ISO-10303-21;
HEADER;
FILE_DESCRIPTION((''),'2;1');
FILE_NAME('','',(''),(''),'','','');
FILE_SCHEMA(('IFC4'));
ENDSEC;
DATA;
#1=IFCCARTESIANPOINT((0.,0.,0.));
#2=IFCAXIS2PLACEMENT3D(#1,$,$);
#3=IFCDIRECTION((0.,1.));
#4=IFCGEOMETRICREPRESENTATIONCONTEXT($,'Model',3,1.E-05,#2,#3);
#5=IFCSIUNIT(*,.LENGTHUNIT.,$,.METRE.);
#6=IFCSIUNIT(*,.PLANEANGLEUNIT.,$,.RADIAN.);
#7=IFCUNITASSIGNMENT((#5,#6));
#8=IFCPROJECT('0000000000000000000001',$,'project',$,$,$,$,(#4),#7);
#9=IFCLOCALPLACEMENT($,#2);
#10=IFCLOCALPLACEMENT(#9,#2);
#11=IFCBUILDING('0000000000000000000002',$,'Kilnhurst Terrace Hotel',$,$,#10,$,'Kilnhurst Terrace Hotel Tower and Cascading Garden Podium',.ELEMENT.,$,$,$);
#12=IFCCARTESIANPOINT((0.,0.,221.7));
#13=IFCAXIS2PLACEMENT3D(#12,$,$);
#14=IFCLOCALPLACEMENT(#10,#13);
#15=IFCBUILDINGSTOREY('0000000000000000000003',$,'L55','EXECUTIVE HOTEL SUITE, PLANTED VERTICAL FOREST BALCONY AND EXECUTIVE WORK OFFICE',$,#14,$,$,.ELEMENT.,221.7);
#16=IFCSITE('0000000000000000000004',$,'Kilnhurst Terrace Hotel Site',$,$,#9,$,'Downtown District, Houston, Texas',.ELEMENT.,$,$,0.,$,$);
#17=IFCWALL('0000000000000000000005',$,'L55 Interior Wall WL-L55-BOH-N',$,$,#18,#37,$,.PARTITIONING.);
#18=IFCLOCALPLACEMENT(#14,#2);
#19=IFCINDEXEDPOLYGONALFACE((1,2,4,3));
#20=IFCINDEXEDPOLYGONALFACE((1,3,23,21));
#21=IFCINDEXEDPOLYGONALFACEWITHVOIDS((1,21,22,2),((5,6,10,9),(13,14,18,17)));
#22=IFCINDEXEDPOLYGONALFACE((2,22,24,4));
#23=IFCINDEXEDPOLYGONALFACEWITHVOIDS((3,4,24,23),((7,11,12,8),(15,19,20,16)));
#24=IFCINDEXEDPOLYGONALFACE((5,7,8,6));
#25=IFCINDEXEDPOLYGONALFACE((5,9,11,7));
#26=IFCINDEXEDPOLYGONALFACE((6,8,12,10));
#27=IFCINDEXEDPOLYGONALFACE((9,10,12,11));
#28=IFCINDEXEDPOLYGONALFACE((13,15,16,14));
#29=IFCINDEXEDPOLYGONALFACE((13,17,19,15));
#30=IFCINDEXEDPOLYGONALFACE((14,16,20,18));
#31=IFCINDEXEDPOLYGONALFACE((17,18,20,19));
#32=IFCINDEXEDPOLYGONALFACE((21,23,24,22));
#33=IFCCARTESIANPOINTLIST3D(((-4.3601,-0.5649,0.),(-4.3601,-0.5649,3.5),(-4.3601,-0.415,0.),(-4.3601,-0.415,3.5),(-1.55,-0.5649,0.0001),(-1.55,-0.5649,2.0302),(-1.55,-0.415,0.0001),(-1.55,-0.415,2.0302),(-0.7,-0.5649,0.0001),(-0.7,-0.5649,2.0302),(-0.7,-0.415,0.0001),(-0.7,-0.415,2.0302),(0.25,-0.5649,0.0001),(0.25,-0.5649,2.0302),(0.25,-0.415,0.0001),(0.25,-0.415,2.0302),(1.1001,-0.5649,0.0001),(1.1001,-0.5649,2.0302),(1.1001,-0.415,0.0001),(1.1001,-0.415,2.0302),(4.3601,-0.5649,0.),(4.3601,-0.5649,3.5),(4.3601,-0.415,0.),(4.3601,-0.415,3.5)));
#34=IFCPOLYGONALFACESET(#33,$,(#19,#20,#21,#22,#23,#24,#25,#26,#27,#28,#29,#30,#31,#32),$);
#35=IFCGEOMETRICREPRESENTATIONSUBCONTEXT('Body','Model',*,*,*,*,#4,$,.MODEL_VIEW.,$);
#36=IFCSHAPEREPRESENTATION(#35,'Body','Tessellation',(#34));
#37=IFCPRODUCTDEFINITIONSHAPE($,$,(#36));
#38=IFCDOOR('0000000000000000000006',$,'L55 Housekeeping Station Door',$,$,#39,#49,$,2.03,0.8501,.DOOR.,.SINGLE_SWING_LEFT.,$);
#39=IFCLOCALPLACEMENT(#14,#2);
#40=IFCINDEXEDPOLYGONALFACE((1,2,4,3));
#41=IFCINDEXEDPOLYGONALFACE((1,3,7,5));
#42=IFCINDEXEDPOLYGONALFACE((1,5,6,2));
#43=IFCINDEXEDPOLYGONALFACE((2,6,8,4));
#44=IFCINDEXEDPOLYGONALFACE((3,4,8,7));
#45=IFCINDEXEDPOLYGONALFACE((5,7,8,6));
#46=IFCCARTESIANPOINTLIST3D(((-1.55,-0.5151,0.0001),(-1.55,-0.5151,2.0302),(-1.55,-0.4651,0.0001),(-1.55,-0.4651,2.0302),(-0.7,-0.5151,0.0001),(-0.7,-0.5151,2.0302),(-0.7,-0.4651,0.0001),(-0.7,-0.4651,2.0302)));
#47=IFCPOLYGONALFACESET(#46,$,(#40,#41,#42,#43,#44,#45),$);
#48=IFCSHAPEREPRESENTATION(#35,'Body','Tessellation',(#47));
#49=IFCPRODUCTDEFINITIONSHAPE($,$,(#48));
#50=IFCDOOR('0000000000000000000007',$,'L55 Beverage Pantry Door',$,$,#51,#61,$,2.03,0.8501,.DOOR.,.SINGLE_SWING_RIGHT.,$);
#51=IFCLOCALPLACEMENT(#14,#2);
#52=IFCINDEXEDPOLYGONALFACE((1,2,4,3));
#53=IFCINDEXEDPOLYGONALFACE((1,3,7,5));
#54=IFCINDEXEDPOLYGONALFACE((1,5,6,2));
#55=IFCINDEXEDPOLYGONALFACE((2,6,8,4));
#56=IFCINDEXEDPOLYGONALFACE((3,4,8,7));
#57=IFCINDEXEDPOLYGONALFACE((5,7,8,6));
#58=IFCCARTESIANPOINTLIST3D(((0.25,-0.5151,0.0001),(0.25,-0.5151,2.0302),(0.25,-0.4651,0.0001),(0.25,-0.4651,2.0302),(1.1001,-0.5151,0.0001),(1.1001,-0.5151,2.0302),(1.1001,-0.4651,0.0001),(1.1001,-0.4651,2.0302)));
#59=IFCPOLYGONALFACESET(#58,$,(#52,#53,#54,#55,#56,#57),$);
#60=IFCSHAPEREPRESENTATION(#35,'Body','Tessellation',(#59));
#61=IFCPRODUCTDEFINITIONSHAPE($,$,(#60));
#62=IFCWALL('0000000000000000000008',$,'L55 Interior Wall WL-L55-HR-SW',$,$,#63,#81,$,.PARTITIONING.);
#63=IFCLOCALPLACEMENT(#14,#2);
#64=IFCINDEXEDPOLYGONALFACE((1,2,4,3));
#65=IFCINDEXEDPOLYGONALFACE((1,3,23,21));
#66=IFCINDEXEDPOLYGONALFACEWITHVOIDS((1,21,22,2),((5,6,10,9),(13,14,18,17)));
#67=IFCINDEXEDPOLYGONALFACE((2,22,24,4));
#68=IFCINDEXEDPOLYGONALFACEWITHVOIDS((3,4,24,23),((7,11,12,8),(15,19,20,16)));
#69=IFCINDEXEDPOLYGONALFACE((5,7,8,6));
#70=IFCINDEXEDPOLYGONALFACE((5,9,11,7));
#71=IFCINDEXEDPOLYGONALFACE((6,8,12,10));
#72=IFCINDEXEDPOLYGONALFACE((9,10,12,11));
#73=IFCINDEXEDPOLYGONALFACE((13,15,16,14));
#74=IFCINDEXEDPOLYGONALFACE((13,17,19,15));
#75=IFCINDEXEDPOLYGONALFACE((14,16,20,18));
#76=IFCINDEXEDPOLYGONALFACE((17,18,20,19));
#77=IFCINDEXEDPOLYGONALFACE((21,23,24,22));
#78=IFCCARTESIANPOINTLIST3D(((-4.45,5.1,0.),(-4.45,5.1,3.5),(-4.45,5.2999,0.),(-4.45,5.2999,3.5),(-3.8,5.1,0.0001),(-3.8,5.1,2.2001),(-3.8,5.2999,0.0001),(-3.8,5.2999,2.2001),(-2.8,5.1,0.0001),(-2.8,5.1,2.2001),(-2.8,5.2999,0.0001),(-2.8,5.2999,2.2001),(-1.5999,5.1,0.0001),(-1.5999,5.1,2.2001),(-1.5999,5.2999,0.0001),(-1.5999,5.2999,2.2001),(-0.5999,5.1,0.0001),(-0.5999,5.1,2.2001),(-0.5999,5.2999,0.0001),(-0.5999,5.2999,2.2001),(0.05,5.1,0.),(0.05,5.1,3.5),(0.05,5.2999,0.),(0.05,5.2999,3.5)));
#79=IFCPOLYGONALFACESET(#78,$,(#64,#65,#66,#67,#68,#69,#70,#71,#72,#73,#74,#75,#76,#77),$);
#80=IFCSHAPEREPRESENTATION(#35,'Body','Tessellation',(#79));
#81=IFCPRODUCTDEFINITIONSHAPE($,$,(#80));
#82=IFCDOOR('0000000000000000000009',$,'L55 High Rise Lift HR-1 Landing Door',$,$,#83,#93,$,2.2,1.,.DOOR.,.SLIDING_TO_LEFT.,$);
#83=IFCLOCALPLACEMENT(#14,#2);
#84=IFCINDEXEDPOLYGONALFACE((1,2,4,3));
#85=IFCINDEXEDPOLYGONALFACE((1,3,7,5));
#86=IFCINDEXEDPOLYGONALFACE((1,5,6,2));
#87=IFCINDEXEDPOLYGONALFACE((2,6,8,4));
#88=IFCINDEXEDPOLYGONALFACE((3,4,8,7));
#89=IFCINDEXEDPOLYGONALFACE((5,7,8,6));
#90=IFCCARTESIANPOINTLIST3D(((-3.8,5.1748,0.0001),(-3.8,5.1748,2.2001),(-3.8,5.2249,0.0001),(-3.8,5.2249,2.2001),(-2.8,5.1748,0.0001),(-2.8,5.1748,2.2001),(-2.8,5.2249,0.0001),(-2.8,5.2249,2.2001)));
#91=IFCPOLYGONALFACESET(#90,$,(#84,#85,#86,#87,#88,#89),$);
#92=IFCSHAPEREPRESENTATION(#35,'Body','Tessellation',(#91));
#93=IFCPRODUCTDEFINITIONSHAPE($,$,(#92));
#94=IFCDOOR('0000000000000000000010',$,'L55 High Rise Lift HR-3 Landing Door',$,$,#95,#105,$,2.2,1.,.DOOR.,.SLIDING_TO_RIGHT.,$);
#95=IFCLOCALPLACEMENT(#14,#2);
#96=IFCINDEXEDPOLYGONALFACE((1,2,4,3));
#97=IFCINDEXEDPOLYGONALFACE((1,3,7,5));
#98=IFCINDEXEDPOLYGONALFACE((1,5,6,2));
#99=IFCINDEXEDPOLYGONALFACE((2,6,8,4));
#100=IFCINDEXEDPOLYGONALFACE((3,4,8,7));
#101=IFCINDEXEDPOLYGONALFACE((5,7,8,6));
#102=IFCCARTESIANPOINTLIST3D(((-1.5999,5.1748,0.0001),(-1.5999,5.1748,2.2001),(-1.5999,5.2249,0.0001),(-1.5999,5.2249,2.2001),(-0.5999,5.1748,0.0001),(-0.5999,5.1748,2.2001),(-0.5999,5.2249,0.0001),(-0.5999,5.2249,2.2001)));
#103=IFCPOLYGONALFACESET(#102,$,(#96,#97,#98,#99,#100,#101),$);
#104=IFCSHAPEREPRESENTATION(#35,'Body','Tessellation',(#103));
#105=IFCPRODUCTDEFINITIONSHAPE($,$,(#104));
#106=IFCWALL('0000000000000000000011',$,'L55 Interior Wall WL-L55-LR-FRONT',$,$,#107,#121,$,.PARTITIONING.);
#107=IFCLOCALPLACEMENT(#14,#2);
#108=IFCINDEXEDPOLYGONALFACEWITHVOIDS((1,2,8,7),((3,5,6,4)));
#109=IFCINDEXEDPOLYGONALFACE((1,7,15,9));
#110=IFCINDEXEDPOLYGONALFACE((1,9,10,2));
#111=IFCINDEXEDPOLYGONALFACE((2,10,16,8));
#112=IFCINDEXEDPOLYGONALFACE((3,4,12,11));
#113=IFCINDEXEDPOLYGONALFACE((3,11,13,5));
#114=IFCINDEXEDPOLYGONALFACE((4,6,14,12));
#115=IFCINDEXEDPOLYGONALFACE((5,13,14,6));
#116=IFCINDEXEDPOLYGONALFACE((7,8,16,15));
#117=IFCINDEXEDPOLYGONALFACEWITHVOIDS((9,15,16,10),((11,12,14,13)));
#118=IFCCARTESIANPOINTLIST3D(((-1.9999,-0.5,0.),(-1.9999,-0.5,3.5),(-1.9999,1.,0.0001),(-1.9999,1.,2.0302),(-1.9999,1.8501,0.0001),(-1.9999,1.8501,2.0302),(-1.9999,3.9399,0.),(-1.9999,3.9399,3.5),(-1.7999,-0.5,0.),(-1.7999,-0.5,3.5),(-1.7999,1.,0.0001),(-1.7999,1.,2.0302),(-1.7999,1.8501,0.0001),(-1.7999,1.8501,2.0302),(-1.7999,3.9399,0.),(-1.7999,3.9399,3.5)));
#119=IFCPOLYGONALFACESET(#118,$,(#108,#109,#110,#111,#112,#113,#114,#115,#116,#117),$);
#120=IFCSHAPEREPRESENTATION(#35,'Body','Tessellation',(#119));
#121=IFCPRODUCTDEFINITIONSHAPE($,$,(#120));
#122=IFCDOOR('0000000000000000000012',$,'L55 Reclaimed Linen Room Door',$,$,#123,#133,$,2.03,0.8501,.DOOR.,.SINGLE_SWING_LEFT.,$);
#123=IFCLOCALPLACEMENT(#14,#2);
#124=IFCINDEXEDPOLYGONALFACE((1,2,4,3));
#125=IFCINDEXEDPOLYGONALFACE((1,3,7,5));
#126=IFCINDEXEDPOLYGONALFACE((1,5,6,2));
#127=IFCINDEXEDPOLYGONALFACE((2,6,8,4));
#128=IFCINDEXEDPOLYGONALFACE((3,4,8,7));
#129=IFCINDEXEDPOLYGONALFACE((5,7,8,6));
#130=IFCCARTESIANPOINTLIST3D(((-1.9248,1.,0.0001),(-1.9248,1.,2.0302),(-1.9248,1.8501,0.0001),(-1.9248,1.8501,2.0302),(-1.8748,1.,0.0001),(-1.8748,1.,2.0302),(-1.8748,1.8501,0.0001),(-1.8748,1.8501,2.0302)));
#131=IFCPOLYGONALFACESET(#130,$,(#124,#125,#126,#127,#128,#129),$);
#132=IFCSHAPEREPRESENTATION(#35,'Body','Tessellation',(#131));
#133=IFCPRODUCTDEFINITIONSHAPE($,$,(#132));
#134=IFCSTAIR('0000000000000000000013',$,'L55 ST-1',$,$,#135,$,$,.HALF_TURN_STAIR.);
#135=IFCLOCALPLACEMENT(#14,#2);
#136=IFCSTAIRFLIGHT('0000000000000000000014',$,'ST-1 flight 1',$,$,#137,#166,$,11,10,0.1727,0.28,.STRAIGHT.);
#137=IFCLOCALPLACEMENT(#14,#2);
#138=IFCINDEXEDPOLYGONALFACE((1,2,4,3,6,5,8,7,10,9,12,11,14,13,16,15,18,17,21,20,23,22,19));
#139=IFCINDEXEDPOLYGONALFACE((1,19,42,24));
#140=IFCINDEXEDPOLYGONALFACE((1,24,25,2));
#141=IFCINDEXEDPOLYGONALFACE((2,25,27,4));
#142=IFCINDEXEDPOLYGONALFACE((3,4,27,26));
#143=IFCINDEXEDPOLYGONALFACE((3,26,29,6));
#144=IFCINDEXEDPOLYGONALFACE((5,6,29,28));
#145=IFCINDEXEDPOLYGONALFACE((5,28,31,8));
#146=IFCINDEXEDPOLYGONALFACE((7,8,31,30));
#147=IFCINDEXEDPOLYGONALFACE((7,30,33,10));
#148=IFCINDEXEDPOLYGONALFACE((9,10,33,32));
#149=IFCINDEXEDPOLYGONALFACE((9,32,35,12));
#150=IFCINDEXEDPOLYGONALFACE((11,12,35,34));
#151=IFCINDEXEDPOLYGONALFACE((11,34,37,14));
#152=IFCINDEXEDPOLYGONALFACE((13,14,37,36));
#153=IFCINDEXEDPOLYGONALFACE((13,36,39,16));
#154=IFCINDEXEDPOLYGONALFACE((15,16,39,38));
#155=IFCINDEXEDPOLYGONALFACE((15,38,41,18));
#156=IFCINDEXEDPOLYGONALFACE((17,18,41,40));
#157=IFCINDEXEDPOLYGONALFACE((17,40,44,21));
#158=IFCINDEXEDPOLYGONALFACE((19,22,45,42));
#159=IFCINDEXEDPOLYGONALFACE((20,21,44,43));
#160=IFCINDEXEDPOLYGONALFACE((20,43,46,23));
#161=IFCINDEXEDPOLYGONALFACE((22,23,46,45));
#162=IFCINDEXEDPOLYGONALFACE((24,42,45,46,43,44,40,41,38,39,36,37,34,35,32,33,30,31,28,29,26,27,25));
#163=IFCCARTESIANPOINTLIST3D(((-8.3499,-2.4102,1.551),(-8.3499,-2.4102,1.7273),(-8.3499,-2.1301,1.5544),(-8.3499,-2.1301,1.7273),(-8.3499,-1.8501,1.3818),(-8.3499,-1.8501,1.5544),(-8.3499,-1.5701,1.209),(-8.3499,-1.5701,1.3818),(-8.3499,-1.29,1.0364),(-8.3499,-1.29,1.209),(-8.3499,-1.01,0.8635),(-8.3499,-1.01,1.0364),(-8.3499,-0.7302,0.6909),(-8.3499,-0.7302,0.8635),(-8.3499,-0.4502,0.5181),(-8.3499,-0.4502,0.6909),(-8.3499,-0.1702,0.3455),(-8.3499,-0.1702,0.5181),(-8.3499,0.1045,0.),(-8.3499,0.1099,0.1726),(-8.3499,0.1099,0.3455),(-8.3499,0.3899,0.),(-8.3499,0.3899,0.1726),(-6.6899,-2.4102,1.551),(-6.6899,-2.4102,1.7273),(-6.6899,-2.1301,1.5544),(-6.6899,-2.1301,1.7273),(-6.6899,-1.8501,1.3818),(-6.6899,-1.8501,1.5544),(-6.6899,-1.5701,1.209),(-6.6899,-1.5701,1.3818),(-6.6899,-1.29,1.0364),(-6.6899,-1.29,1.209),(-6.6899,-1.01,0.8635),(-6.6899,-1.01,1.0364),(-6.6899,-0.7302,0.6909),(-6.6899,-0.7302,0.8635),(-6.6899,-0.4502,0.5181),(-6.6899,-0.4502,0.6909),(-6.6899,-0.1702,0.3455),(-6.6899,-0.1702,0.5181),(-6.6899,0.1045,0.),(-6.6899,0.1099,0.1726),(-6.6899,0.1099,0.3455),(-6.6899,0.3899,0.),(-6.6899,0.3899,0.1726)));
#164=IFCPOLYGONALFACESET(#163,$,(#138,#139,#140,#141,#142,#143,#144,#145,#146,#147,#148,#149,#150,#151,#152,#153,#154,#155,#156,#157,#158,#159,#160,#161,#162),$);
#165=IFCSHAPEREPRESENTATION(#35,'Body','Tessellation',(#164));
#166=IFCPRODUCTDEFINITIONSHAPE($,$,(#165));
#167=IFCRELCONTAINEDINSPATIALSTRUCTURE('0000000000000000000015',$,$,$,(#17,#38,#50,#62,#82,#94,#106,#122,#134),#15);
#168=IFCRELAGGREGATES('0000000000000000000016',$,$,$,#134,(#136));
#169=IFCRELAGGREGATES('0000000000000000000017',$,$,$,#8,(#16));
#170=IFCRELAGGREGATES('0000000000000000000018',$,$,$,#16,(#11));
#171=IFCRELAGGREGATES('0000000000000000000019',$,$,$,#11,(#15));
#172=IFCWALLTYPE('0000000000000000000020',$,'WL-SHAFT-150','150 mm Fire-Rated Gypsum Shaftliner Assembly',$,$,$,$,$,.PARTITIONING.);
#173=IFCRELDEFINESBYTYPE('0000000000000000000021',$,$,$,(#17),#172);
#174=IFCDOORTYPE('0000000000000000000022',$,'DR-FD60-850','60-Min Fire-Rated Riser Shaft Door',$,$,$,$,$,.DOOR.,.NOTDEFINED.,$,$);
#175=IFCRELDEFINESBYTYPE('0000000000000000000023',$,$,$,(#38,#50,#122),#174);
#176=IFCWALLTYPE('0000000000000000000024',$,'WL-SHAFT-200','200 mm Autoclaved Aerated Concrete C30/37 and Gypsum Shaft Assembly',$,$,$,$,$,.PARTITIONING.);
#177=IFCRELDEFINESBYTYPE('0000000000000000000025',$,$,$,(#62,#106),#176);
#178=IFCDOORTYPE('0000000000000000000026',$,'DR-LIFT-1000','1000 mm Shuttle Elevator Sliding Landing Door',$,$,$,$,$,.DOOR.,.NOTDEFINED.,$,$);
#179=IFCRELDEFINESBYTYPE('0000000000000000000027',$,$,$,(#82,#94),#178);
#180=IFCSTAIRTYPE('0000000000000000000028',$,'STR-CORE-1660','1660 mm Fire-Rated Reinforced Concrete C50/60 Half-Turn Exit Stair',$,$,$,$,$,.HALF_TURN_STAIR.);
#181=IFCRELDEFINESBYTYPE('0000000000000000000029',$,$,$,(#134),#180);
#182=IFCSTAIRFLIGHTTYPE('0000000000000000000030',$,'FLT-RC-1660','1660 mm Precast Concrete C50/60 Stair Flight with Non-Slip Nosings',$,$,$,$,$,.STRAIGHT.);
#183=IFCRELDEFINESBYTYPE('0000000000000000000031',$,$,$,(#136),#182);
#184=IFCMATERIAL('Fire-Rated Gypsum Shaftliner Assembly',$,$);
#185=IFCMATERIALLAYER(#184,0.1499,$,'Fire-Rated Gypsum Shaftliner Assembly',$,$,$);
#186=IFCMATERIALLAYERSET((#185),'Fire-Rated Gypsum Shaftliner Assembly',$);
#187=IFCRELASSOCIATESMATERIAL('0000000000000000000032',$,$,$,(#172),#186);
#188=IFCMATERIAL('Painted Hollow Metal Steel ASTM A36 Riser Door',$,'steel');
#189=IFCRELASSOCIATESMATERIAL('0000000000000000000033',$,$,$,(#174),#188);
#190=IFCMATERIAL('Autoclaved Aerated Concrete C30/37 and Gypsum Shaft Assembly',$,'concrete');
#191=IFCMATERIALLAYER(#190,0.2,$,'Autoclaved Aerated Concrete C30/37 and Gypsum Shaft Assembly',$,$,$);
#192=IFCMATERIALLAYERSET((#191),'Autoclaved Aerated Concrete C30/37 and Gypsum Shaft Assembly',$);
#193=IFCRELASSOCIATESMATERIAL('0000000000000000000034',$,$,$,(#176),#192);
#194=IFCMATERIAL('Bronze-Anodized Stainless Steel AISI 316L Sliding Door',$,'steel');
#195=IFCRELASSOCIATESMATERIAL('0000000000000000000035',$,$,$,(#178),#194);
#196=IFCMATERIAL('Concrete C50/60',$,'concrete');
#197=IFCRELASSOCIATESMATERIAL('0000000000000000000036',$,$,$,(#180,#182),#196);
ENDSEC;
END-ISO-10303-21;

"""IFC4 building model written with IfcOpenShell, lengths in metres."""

from ifc_helpers import new_model, si_unit, direction, frame, frame_2d, origin, place, context, subcontext, project, spatial, polyline, rectangle, outline, extrude, material, layer, layer_set, type_object, element, fill, aggregate, save


model = new_model("IFC4")

# Units and contexts
model_context = context("Model", 3, precision=1e-05, world=origin(), true_north=direction((0.0, 1.0)))
body_context = subcontext(model_context, "Body", "Model", "MODEL_VIEW")
ifc_project = project(units=[si_unit("LENGTHUNIT", "METRE"), si_unit("PLANEANGLEUNIT", "RADIAN")], contexts=[model_context])

# Site, building, storey
site_placement = place(None, origin())
site = spatial("IfcSite", under=ifc_project, at=site_placement, Name="Kilnhurst Terrace Hotel Site", LongName="Downtown District, Houston, Texas", CompositionType="ELEMENT", RefElevation=0.0)
building_placement = place(site_placement, origin())
building = spatial("IfcBuilding", under=site, at=building_placement, Name="Kilnhurst Terrace Hotel", LongName="Kilnhurst Terrace Hotel Tower and Cascading Garden Podium", CompositionType="ELEMENT")
storey_placement = place(building_placement, frame((0.0, 0.0, 221.7)))
storey = spatial("IfcBuildingStorey", under=building, at=storey_placement, Name="L55", Description="EXECUTIVE HOTEL SUITE, PLANTED VERTICAL FOREST BALCONY AND EXECUTIVE WORK OFFICE", CompositionType="ELEMENT", Elevation=221.7)

# Shared definitions
ifc_material_1 = material(Name="Concrete C50/60", Category="concrete")

# Shared definitions
ifc_material_2 = material(Name="Fire-Rated Gypsum Shaftliner Assembly")
ifc_layer_1 = layer(ifc_material_2, 0.1499, Name="Fire-Rated Gypsum Shaftliner Assembly")
ifc_layer_set_1 = layer_set([ifc_layer_1], Name="Fire-Rated Gypsum Shaftliner Assembly")
wall_type_1 = type_object("IfcWallType", Name="WL-SHAFT-150", Description="150 mm Fire-Rated Gypsum Shaftliner Assembly", PredefinedType="PARTITIONING", material=ifc_layer_set_1)

# Walls, openings, doors
wall_1_placement = place(storey_placement, frame((-4.3601, -0.49, 0.0), z_axis=(0.0, 0.0, 1.0), x_axis=(1.0, 0.0, 0.0)))
wall_1 = element("IfcWall", 1, at=wall_1_placement, inside=storey, type_object=wall_type_1, Name="L55 Interior Wall WL-L55-BOH-N", PredefinedType="PARTITIONING", context=body_context, shape_type="SweptSolid", body=[
    extrude(rectangle(XDim=8.7202, YDim=0.1499, at=frame_2d((4.3601, 0.0))), origin(), (0.0, 0.0, 1.0), 3.5),
])
opening_1_placement = place(wall_1_placement, frame((2.8101, 0.0, 0.0)))
opening_1 = element("IfcOpeningElement", 2, at=opening_1_placement, cuts=wall_1, PredefinedType="OPENING", context=body_context, shape_type="SweptSolid", body=[
    extrude(rectangle(XDim=0.8501, YDim=2.03, at=frame_2d((0.425, 1.0151))), frame((0.0, 0.085, 0.0), z_axis=(0.0, -1.0, 0.0), x_axis=(1.0, 0.0, 0.0)), (0.0, 0.0, 1.0), 0.1699),
])
opening_2_placement = place(wall_1_placement, frame((4.6101, 0.0, 0.0)))
opening_2 = element("IfcOpeningElement", 3, at=opening_2_placement, cuts=wall_1, PredefinedType="OPENING", context=body_context, shape_type="SweptSolid", body=[
    extrude(rectangle(XDim=0.8501, YDim=2.03, at=frame_2d((0.425, 1.0151))), frame((0.0, 0.085, 0.0), z_axis=(0.0, -1.0, 0.0), x_axis=(1.0, 0.0, 0.0)), (0.0, 0.0, 1.0), 0.1699),
])
ifc_material_3 = material(Name="Painted Hollow Metal Steel ASTM A36 Riser Door", Category="steel")
door_type_1 = type_object("IfcDoorType", Name="DR-FD60-850", Description="60-Min Fire-Rated Riser Shaft Door", OperationType="NOTDEFINED", PredefinedType="DOOR", material=ifc_material_3)
door_1_placement = place(opening_1_placement, origin())
door_1 = element("IfcDoor", 4, at=door_1_placement, inside=storey, type_object=door_type_1, Name="L55 Housekeeping Station Door", OperationType="SINGLE_SWING_LEFT", OverallHeight=2.03, OverallWidth=0.8501, PredefinedType="DOOR", context=body_context, shape_type="SweptSolid", body=[
    extrude(rectangle(XDim=0.8501, YDim=2.03, at=frame_2d((0.425, 1.0151))), frame((0.0, 0.0249, 0.0), z_axis=(0.0, -1.0, 0.0), x_axis=(1.0, 0.0, 0.0)), (0.0, 0.0, 1.0), 0.05),
])
fill(opening_1, door_1)
door_2_placement = place(opening_2_placement, origin())
door_2 = element("IfcDoor", 5, at=door_2_placement, inside=storey, type_object=door_type_1, Name="L55 Beverage Pantry Door", OperationType="SINGLE_SWING_RIGHT", OverallHeight=2.03, OverallWidth=0.8501, PredefinedType="DOOR", context=body_context, shape_type="SweptSolid", body=[
    extrude(rectangle(XDim=0.8501, YDim=2.03, at=frame_2d((0.425, 1.0151))), frame((0.0, 0.0249, 0.0), z_axis=(0.0, -1.0, 0.0), x_axis=(1.0, 0.0, 0.0)), (0.0, 0.0, 1.0), 0.05),
])
fill(opening_2, door_2)
ifc_material_4 = material(Name="Autoclaved Aerated Concrete C30/37 and Gypsum Shaft Assembly", Category="concrete")
ifc_layer_2 = layer(ifc_material_4, 0.2, Name="Autoclaved Aerated Concrete C30/37 and Gypsum Shaft Assembly")
ifc_layer_set_2 = layer_set([ifc_layer_2], Name="Autoclaved Aerated Concrete C30/37 and Gypsum Shaft Assembly")
wall_type_2 = type_object("IfcWallType", Name="WL-SHAFT-200", Description="200 mm Autoclaved Aerated Concrete C30/37 and Gypsum Shaft Assembly", PredefinedType="PARTITIONING", material=ifc_layer_set_2)
wall_2_placement = place(storey_placement, frame((-4.45, 5.2, 0.0), z_axis=(0.0, 0.0, 1.0), x_axis=(1.0, 0.0, 0.0)))
wall_2 = element("IfcWall", 6, at=wall_2_placement, inside=storey, type_object=wall_type_2, Name="L55 Interior Wall WL-L55-HR-SW", PredefinedType="PARTITIONING", context=body_context, shape_type="SweptSolid", body=[
    extrude(rectangle(XDim=4.5, YDim=0.2, at=frame_2d((2.25, 0.0))), origin(), (0.0, 0.0, 1.0), 3.5),
])
opening_3_placement = place(wall_2_placement, frame((0.6499, 0.0, 0.0)))
opening_3 = element("IfcOpeningElement", 7, at=opening_3_placement, cuts=wall_2, PredefinedType="OPENING", context=body_context, shape_type="SweptSolid", body=[
    extrude(rectangle(XDim=1.0, YDim=2.2, at=frame_2d((0.5, 1.1001))), frame((0.0, 0.1099, 0.0), z_axis=(0.0, -1.0, 0.0), x_axis=(1.0, 0.0, 0.0)), (0.0, 0.0, 1.0), 0.22),
])
opening_4_placement = place(wall_2_placement, frame((2.8501, 0.0, 0.0)))
opening_4 = element("IfcOpeningElement", 8, at=opening_4_placement, cuts=wall_2, PredefinedType="OPENING", context=body_context, shape_type="SweptSolid", body=[
    extrude(rectangle(XDim=1.0, YDim=2.2, at=frame_2d((0.5, 1.1001))), frame((0.0, 0.1099, 0.0), z_axis=(0.0, -1.0, 0.0), x_axis=(1.0, 0.0, 0.0)), (0.0, 0.0, 1.0), 0.22),
])
ifc_material_5 = material(Name="Bronze-Anodized Stainless Steel AISI 316L Sliding Door", Category="steel")
door_type_2 = type_object("IfcDoorType", Name="DR-LIFT-1000", Description="1000 mm Shuttle Elevator Sliding Landing Door", OperationType="NOTDEFINED", PredefinedType="DOOR", material=ifc_material_5)
door_3_placement = place(opening_3_placement, origin())
door_3 = element("IfcDoor", 9, at=door_3_placement, inside=storey, type_object=door_type_2, Name="L55 High Rise Lift HR-1 Landing Door", OperationType="SLIDING_TO_LEFT", OverallHeight=2.2, OverallWidth=1.0, PredefinedType="DOOR", context=body_context, shape_type="SweptSolid", body=[
    extrude(rectangle(XDim=1.0, YDim=2.2, at=frame_2d((0.5, 1.1001))), frame((0.0, 0.0249, 0.0), z_axis=(0.0, -1.0, 0.0), x_axis=(1.0, 0.0, 0.0)), (0.0, 0.0, 1.0), 0.05),
])
fill(opening_3, door_3)
door_4_placement = place(opening_4_placement, origin())
door_4 = element("IfcDoor", 10, at=door_4_placement, inside=storey, type_object=door_type_2, Name="L55 High Rise Lift HR-3 Landing Door", OperationType="SLIDING_TO_RIGHT", OverallHeight=2.2, OverallWidth=1.0, PredefinedType="DOOR", context=body_context, shape_type="SweptSolid", body=[
    extrude(rectangle(XDim=1.0, YDim=2.2, at=frame_2d((0.5, 1.1001))), frame((0.0, 0.0249, 0.0), z_axis=(0.0, -1.0, 0.0), x_axis=(1.0, 0.0, 0.0)), (0.0, 0.0, 1.0), 0.05),
])
fill(opening_4, door_4)

# Wall, opening, door
wall_3_placement = place(storey_placement, frame((-1.8999, -0.5, 0.0), z_axis=(0.0, 0.0, 1.0), x_axis=(0.0, 1.0, 0.0)))
wall_3 = element("IfcWall", 11, at=wall_3_placement, inside=storey, type_object=wall_type_2, Name="L55 Interior Wall WL-L55-LR-FRONT", PredefinedType="PARTITIONING", context=body_context, shape_type="SweptSolid", body=[
    extrude(rectangle(XDim=4.4399, YDim=0.2, at=frame_2d((2.22, 0.0))), origin(), (0.0, 0.0, 1.0), 3.5),
])
opening_5_placement = place(wall_3_placement, frame((1.5, 0.0, 0.0)))
opening_5 = element("IfcOpeningElement", 12, at=opening_5_placement, cuts=wall_3, PredefinedType="OPENING", context=body_context, shape_type="SweptSolid", body=[
    extrude(rectangle(XDim=0.8501, YDim=2.03, at=frame_2d((0.425, 1.0151))), frame((0.0, 0.1099, 0.0), z_axis=(0.0, -1.0, 0.0), x_axis=(1.0, 0.0, 0.0)), (0.0, 0.0, 1.0), 0.22),
])
door_5_placement = place(opening_5_placement, origin())
door_5 = element("IfcDoor", 13, at=door_5_placement, inside=storey, type_object=door_type_1, Name="L55 Reclaimed Linen Room Door", OperationType="SINGLE_SWING_LEFT", OverallHeight=2.03, OverallWidth=0.8501, PredefinedType="DOOR", context=body_context, shape_type="SweptSolid", body=[
    extrude(rectangle(XDim=0.8501, YDim=2.03, at=frame_2d((0.425, 1.0151))), frame((0.0, 0.0249, 0.0), z_axis=(0.0, -1.0, 0.0), x_axis=(1.0, 0.0, 0.0)), (0.0, 0.0, 1.0), 0.05),
])
fill(opening_5, door_5)

# Stair, stair flight
stair_type = type_object("IfcStairType", Name="STR-CORE-1660", Description="1660 mm Fire-Rated Reinforced Concrete C50/60 Half-Turn Exit Stair", PredefinedType="HALF_TURN_STAIR", material=ifc_material_1)
stair_placement = place(storey_placement, origin())
stair = element("IfcStair", 14, at=stair_placement, inside=storey, type_object=stair_type, Name="L55 ST-1", PredefinedType="HALF_TURN_STAIR")
stair_flight_type = type_object("IfcStairFlightType", Name="FLT-RC-1660", Description="1660 mm Precast Concrete C50/60 Stair Flight with Non-Slip Nosings", PredefinedType="STRAIGHT", material=ifc_material_1)
stair_flight_placement = place(storey_placement, frame((-7.52, 0.3899, 0.0), z_axis=(0.0, 0.0, 1.0), x_axis=(0.0, -1.0, 0.0)))
stair_flight = element("IfcStairFlight", 15, at=stair_flight_placement, type_object=stair_flight_type, Name="ST-1 flight 1", NumberOfRisers=11, NumberOfTreads=10, PredefinedType="STRAIGHT", RiserHeight=0.1727, TreadLength=0.28, context=body_context, shape_type="SweptSolid", body=[
    extrude(outline(polyline([(0.0, 0.0), (0.0, 0.1726), (0.28, 0.1726), (0.28, 0.3455), (0.5601, 0.3455), (0.5601, 0.5181), (0.8401, 0.5181), (0.8401, 0.6909), (1.1201, 0.6909), (1.1201, 0.8635), (1.3999, 0.8635), (1.3999, 1.0364), (1.6799, 1.0364), (1.6799, 1.209), (1.96, 1.209), (1.96, 1.3818), (2.24, 1.3818), (2.24, 1.5544), (2.52, 1.5544), (2.52, 1.7273), (2.8, 1.7273), (2.8, 1.8999), (2.8, 1.551), (0.2854, 0.0), (0.0, 0.0)])), frame((0.0, 0.8301, 0.0), z_axis=(0.0, -1.0, 0.0), x_axis=(1.0, 0.0, 0.0)), (0.0, 0.0, 1.0), 1.6599),
])
aggregate(stair, [stair_flight])

save(model, "model.ifc")
